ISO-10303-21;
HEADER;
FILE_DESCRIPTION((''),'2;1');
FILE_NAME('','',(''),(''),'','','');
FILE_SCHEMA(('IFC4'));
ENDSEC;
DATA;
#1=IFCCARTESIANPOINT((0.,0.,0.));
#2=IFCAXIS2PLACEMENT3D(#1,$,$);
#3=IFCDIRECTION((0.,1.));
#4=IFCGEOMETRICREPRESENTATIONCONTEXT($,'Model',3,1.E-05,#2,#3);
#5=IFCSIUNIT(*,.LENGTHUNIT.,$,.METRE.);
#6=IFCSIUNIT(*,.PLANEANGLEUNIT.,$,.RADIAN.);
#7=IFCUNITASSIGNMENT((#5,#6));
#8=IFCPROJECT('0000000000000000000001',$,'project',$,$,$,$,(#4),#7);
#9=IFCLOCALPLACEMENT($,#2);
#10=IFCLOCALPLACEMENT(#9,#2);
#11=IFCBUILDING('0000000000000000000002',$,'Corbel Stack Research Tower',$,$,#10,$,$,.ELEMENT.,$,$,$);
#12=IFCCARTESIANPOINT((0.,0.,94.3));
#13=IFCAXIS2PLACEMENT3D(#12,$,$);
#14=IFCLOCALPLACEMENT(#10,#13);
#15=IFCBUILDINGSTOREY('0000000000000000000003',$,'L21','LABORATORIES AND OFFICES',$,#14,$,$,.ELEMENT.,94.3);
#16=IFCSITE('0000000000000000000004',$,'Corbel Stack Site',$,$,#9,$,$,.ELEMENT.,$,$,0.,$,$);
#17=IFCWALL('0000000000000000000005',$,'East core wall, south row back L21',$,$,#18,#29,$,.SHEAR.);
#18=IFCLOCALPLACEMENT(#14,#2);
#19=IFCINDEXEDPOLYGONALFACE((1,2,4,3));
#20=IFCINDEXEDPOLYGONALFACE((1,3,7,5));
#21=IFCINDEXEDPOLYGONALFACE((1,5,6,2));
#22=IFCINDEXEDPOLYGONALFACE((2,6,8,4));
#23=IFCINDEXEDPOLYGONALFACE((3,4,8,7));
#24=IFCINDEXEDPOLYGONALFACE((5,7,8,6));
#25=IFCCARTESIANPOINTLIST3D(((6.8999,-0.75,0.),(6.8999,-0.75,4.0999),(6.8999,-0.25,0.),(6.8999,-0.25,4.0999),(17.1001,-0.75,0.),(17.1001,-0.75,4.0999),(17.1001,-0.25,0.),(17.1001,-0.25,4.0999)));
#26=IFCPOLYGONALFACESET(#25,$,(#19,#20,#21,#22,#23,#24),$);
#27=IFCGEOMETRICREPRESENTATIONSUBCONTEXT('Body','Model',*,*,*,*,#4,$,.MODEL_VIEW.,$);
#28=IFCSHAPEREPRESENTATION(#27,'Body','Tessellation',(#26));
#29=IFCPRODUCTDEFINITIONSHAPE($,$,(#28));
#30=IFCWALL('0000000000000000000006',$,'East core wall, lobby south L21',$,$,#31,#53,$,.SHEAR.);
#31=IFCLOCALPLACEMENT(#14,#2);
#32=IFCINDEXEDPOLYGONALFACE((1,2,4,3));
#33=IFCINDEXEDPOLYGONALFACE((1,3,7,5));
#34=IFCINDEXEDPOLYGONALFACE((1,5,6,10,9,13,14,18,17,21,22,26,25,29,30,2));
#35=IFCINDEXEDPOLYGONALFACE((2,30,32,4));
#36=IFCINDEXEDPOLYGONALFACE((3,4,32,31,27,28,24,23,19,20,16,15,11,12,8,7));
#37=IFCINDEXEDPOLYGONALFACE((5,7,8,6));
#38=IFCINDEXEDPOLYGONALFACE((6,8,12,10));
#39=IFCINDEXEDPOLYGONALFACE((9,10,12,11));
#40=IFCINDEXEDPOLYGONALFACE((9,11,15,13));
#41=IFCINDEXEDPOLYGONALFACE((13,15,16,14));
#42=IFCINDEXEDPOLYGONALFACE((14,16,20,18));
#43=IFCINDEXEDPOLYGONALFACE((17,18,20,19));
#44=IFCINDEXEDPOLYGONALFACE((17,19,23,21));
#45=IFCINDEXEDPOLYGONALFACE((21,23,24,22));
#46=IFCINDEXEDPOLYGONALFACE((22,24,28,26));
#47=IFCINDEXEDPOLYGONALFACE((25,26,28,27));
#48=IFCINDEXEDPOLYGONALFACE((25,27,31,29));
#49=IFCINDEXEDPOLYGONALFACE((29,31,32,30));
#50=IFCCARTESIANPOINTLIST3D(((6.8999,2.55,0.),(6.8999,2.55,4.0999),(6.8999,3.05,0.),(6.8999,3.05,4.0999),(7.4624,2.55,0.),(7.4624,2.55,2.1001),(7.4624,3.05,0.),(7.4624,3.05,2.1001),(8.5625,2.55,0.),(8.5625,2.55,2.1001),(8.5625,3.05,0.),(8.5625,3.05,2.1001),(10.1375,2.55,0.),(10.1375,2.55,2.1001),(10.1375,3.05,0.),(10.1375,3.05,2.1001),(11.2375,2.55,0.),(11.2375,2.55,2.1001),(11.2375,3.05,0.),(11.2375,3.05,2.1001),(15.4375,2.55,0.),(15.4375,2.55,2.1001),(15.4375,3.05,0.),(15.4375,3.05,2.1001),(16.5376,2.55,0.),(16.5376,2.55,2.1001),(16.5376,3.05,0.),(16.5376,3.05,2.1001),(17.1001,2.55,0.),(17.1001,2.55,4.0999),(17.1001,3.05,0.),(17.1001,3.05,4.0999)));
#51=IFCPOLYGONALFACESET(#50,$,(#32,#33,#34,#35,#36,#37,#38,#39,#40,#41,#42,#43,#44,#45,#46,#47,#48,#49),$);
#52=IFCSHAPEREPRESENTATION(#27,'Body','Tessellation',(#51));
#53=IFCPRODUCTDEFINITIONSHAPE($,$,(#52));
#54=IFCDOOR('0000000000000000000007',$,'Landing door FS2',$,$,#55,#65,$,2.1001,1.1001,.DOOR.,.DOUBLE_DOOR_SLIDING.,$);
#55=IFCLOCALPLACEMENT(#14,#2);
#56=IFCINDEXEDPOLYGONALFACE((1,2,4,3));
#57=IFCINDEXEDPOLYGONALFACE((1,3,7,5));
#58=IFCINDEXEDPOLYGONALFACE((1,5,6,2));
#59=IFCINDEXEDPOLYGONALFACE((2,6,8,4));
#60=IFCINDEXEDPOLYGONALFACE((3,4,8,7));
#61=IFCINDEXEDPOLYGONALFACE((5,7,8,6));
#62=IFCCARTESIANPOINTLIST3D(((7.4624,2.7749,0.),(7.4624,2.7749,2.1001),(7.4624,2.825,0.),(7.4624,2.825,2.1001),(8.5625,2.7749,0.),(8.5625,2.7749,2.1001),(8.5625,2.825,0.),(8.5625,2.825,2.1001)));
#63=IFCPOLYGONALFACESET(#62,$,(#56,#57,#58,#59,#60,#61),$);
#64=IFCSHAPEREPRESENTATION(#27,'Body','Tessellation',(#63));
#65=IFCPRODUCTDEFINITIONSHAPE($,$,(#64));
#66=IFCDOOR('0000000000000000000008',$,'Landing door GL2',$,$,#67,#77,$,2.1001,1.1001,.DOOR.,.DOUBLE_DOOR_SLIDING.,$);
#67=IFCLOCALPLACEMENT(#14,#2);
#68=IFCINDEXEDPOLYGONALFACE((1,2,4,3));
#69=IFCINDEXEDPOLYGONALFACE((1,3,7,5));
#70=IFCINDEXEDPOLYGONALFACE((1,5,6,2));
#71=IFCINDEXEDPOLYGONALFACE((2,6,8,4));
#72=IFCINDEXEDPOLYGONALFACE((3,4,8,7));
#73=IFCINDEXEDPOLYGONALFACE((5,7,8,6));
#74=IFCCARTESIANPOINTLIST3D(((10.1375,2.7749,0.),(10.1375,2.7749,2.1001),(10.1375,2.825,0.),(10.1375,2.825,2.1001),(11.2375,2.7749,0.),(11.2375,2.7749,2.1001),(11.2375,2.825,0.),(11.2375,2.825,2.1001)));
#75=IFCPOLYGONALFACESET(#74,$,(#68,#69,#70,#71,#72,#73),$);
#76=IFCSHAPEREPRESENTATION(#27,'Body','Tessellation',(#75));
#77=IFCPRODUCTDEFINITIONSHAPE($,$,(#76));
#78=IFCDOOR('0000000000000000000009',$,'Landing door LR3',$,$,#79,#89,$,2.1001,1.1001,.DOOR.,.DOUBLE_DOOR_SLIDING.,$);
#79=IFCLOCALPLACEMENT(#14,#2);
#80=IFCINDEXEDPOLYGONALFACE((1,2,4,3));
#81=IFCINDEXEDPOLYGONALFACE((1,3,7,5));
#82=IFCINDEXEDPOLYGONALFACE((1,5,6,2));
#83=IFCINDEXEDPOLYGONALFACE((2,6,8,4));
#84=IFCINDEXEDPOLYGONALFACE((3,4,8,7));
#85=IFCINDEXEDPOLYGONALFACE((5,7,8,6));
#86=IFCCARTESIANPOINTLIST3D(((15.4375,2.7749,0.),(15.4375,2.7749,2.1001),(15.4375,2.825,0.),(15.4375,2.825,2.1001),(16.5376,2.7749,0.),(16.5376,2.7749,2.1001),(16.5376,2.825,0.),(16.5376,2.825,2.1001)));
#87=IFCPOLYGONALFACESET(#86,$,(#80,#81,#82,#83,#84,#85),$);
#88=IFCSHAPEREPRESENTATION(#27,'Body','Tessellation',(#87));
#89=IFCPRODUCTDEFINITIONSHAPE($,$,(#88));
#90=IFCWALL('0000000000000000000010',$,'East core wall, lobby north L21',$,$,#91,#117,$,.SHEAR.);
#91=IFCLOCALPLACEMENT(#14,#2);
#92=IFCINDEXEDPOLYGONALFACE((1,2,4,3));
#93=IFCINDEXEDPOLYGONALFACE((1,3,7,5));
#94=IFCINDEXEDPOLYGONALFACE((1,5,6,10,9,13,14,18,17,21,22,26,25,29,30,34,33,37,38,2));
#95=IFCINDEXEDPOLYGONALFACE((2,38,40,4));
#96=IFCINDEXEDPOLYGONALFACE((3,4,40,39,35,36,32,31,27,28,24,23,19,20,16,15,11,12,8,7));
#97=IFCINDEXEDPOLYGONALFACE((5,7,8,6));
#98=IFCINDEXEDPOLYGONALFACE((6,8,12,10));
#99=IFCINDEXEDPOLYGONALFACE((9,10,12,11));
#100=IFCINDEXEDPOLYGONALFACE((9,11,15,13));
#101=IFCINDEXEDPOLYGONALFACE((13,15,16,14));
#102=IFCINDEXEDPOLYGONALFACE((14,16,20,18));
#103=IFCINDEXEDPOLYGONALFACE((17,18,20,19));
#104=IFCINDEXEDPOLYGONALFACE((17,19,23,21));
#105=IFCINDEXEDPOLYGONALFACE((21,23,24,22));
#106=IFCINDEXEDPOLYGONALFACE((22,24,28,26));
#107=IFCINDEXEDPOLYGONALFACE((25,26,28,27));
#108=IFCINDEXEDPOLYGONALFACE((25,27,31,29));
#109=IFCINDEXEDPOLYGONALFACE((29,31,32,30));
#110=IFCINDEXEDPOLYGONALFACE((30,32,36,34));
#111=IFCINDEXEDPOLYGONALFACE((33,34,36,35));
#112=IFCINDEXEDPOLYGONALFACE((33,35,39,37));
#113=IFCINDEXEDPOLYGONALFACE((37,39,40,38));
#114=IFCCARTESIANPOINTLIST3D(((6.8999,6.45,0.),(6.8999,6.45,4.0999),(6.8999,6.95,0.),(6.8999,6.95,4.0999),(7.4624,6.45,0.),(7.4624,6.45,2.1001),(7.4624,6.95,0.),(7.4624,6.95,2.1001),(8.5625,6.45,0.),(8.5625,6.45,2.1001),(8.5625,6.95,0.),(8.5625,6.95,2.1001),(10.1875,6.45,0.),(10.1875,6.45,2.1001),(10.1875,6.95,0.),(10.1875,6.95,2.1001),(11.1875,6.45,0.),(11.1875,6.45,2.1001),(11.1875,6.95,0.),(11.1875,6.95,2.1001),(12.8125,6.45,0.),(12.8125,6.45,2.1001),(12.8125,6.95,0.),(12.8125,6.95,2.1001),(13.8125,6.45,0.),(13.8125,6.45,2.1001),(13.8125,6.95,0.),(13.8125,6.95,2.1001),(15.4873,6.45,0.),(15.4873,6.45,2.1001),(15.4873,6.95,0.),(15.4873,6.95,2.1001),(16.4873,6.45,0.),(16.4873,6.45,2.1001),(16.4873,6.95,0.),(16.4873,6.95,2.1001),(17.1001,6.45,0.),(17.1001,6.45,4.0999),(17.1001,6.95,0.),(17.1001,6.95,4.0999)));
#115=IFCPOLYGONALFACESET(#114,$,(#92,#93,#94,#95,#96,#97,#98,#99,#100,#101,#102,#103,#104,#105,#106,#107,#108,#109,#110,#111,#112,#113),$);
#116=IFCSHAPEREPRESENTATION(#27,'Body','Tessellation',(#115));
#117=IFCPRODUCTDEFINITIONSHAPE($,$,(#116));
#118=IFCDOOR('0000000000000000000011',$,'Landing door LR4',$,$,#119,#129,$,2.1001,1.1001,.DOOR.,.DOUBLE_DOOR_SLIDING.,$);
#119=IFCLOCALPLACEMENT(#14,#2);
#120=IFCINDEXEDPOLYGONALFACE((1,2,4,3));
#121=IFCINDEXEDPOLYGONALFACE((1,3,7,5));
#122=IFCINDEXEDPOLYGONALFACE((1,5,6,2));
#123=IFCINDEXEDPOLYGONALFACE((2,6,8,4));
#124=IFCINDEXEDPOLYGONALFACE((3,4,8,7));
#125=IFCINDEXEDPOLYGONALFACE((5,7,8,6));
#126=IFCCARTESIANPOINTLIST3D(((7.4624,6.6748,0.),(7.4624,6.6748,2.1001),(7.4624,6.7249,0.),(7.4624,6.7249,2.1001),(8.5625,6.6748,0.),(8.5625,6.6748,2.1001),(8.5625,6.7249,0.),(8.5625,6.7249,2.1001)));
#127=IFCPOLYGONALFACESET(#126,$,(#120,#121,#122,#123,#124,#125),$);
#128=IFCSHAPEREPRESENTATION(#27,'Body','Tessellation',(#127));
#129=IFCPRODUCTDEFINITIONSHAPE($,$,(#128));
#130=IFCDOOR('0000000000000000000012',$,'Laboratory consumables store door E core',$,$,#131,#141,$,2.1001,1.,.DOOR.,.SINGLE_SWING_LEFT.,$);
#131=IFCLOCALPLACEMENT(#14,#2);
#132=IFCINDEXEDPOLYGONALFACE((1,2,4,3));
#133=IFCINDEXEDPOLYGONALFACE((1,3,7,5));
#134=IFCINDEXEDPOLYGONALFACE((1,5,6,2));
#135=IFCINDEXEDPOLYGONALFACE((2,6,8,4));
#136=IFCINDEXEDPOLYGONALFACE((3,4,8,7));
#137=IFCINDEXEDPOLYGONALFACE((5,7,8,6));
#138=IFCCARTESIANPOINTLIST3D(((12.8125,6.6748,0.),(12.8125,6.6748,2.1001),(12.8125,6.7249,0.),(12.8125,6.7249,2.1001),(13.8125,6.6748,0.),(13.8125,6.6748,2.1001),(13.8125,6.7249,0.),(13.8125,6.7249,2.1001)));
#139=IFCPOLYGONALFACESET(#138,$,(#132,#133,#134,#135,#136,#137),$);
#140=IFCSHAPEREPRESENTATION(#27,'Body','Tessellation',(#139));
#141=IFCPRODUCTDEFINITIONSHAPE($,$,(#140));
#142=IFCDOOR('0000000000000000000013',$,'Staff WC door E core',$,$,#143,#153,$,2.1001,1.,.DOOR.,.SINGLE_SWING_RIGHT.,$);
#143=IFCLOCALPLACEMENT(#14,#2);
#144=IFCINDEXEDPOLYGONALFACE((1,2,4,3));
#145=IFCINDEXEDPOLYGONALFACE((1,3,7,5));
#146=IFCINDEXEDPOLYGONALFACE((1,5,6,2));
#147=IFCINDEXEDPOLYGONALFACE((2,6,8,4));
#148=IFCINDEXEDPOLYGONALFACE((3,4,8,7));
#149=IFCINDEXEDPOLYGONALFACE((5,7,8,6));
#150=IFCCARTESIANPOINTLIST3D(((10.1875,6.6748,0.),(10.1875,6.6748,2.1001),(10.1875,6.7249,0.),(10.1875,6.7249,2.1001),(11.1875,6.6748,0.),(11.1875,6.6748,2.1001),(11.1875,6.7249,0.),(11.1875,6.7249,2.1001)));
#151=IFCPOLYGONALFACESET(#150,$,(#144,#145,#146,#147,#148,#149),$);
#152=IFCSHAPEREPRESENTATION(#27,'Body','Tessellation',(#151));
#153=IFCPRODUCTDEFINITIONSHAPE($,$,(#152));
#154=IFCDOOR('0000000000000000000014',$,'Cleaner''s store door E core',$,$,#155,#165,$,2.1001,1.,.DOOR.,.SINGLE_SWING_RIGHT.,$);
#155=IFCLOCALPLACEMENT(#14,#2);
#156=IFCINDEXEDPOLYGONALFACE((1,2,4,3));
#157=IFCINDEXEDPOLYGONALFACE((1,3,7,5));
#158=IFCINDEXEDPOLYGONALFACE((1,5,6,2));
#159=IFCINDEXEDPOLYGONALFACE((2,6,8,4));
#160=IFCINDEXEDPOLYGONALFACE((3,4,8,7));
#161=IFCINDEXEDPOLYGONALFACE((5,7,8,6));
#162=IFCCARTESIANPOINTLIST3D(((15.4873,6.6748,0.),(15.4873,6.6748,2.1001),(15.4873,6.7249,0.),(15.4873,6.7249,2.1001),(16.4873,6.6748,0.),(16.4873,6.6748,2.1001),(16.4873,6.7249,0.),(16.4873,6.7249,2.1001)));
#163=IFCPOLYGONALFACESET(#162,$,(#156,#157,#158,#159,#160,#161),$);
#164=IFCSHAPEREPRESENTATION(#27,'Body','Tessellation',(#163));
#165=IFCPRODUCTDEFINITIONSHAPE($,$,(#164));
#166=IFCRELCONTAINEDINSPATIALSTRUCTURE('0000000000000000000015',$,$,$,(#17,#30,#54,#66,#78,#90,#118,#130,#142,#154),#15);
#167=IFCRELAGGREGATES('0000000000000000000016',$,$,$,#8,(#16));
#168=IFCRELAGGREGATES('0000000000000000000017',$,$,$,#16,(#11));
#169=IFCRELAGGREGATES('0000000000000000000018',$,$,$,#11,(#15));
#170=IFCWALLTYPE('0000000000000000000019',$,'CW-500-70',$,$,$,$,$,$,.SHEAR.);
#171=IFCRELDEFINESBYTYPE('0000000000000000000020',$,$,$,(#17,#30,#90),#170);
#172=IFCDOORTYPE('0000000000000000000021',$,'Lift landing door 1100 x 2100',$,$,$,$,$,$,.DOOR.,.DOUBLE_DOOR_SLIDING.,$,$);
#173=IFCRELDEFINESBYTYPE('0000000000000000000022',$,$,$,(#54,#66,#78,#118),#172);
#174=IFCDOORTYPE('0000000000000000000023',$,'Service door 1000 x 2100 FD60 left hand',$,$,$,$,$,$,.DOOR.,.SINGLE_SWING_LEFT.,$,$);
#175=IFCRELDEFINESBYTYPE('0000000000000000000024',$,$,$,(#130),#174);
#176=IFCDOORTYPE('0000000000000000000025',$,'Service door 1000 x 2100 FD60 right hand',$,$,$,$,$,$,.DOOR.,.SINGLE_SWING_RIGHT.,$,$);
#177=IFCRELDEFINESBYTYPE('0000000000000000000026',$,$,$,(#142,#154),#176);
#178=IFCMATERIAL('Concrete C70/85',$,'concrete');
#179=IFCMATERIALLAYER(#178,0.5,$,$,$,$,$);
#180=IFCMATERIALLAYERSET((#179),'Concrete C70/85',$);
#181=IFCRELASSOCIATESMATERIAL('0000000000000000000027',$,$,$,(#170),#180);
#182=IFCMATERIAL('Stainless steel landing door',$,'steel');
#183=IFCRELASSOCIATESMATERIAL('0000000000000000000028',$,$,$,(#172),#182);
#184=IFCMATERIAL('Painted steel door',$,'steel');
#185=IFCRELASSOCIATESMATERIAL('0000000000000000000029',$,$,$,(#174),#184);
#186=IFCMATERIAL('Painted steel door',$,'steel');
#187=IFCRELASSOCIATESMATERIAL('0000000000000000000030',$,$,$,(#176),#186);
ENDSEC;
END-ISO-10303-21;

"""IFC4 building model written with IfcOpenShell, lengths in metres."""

from ifc_helpers import new_model, si_unit, direction, frame, frame_2d, origin, place, context, subcontext, project, spatial, rectangle, extrude, material, layer, layer_set, type_object, element, fill, save


model = new_model("IFC4")

# Units and contexts
model_context = context("Model", 3, precision=1e-05, world=origin(), true_north=direction((0.0, 1.0)))
body_context = subcontext(model_context, "Body", "Model", "MODEL_VIEW")
ifc_project = project(units=[si_unit("LENGTHUNIT", "METRE"), si_unit("PLANEANGLEUNIT", "RADIAN")], contexts=[model_context])

# Site, building, storey
site_placement = place(None, origin())
site = spatial("IfcSite", under=ifc_project, at=site_placement, Name="Corbel Stack Site", CompositionType="ELEMENT", RefElevation=0.0)
building_placement = place(site_placement, origin())
building = spatial("IfcBuilding", under=site, at=building_placement, Name="Corbel Stack Research Tower", CompositionType="ELEMENT")
storey_placement = place(building_placement, frame((0.0, 0.0, 94.3)))
storey = spatial("IfcBuildingStorey", under=building, at=storey_placement, Name="L21", Description="LABORATORIES AND OFFICES", CompositionType="ELEMENT", Elevation=94.3)

# Wall
ifc_material_1 = material(Name="Concrete C70/85", Category="concrete")
ifc_layer_1 = layer(ifc_material_1, 0.5)
ifc_layer_set_1 = layer_set([ifc_layer_1], Name="Concrete C70/85")
wall_type_1 = type_object("IfcWallType", Name="CW-500-70", PredefinedType="SHEAR", material=ifc_layer_set_1)
wall_1_placement = place(storey_placement, frame((6.8999, -0.5, 0.0), z_axis=(0.0, 0.0, 1.0), x_axis=(1.0, 0.0, 0.0)))
element("IfcWall", 1, at=wall_1_placement, inside=storey, type_object=wall_type_1, Name="East core wall, south row back L21", PredefinedType="SHEAR", context=body_context, shape_type="SweptSolid", body=[
    extrude(rectangle(XDim=10.2002, YDim=0.5, at=frame_2d((5.1001, 0.0))), origin(), (0.0, 0.0, 1.0), 4.0999),
])

# Walls, openings, doors
wall_2_placement = place(storey_placement, frame((6.8999, 2.8, 0.0), z_axis=(0.0, 0.0, 1.0), x_axis=(1.0, 0.0, 0.0)))
wall_2 = element("IfcWall", 2, at=wall_2_placement, inside=storey, type_object=wall_type_1, Name="East core wall, lobby south L21", PredefinedType="SHEAR", context=body_context, shape_type="SweptSolid", body=[
    extrude(rectangle(XDim=10.2002, YDim=0.5, at=frame_2d((5.1001, 0.0))), origin(), (0.0, 0.0, 1.0), 4.0999),
])
opening_1_placement = place(wall_2_placement, frame((0.5625, 0.0, 0.0)))
opening_1 = element("IfcOpeningElement", 3, at=opening_1_placement, cuts=wall_2, PredefinedType="OPENING", context=body_context, shape_type="SweptSolid", body=[
    extrude(rectangle(XDim=1.1001, YDim=2.1001, at=frame_2d((0.55, 1.05))), frame((0.0, 0.26, 0.0), z_axis=(0.0, -1.0, 0.0), x_axis=(1.0, 0.0, 0.0)), (0.0, 0.0, 1.0), 0.52),
])
opening_2_placement = place(wall_2_placement, frame((3.2375, 0.0, 0.0)))
opening_2 = element("IfcOpeningElement", 4, at=opening_2_placement, cuts=wall_2, PredefinedType="OPENING", context=body_context, shape_type="SweptSolid", body=[
    extrude(rectangle(XDim=1.1001, YDim=2.1001, at=frame_2d((0.55, 1.05))), frame((0.0, 0.26, 0.0), z_axis=(0.0, -1.0, 0.0), x_axis=(1.0, 0.0, 0.0)), (0.0, 0.0, 1.0), 0.52),
])
opening_3_placement = place(wall_2_placement, frame((8.5376, 0.0, 0.0)))
opening_3 = element("IfcOpeningElement", 5, at=opening_3_placement, cuts=wall_2, PredefinedType="OPENING", context=body_context, shape_type="SweptSolid", body=[
    extrude(rectangle(XDim=1.1001, YDim=2.1001, at=frame_2d((0.55, 1.05))), frame((0.0, 0.26, 0.0), z_axis=(0.0, -1.0, 0.0), x_axis=(1.0, 0.0, 0.0)), (0.0, 0.0, 1.0), 0.52),
])
ifc_material_2 = material(Name="Stainless steel landing door", Category="steel")
door_type_1 = type_object("IfcDoorType", Name="Lift landing door 1100 x 2100", OperationType="DOUBLE_DOOR_SLIDING", PredefinedType="DOOR", material=ifc_material_2)
door_1_placement = place(opening_1_placement, origin())
door_1 = element("IfcDoor", 6, at=door_1_placement, inside=storey, type_object=door_type_1, Name="Landing door FS2", OperationType="DOUBLE_DOOR_SLIDING", OverallHeight=2.1001, OverallWidth=1.1001, PredefinedType="DOOR", context=body_context, shape_type="SweptSolid", body=[
    extrude(rectangle(XDim=1.1001, YDim=2.1001, at=frame_2d((0.55, 1.05))), frame((0.0, 0.0249, 0.0), z_axis=(0.0, -1.0, 0.0), x_axis=(1.0, 0.0, 0.0)), (0.0, 0.0, 1.0), 0.05),
])
fill(opening_1, door_1)
door_2_placement = place(opening_2_placement, origin())
door_2 = element("IfcDoor", 7, at=door_2_placement, inside=storey, type_object=door_type_1, Name="Landing door GL2", OperationType="DOUBLE_DOOR_SLIDING", OverallHeight=2.1001, OverallWidth=1.1001, PredefinedType="DOOR", context=body_context, shape_type="SweptSolid", body=[
    extrude(rectangle(XDim=1.1001, YDim=2.1001, at=frame_2d((0.55, 1.05))), frame((0.0, 0.0249, 0.0), z_axis=(0.0, -1.0, 0.0), x_axis=(1.0, 0.0, 0.0)), (0.0, 0.0, 1.0), 0.05),
])
fill(opening_2, door_2)
door_3_placement = place(opening_3_placement, origin())
door_3 = element("IfcDoor", 8, at=door_3_placement, inside=storey, type_object=door_type_1, Name="Landing door LR3", OperationType="DOUBLE_DOOR_SLIDING", OverallHeight=2.1001, OverallWidth=1.1001, PredefinedType="DOOR", context=body_context, shape_type="SweptSolid", body=[
    extrude(rectangle(XDim=1.1001, YDim=2.1001, at=frame_2d((0.55, 1.05))), frame((0.0, 0.0249, 0.0), z_axis=(0.0, -1.0, 0.0), x_axis=(1.0, 0.0, 0.0)), (0.0, 0.0, 1.0), 0.05),
])
fill(opening_3, door_3)
wall_3_placement = place(storey_placement, frame((6.8999, 6.7, 0.0), z_axis=(0.0, 0.0, 1.0), x_axis=(1.0, 0.0, 0.0)))
wall_3 = element("IfcWall", 9, at=wall_3_placement, inside=storey, type_object=wall_type_1, Name="East core wall, lobby north L21", PredefinedType="SHEAR", context=body_context, shape_type="SweptSolid", body=[
    extrude(rectangle(XDim=10.2002, YDim=0.5, at=frame_2d((5.1001, 0.0))), origin(), (0.0, 0.0, 1.0), 4.0999),
])
opening_4_placement = place(wall_3_placement, frame((0.5625, 0.0, 0.0)))
opening_4 = element("IfcOpeningElement", 10, at=opening_4_placement, cuts=wall_3, PredefinedType="OPENING", context=body_context, shape_type="SweptSolid", body=[
    extrude(rectangle(XDim=1.1001, YDim=2.1001, at=frame_2d((0.55, 1.05))), frame((0.0, 0.26, 0.0), z_axis=(0.0, -1.0, 0.0), x_axis=(1.0, 0.0, 0.0)), (0.0, 0.0, 1.0), 0.52),
])
opening_5_placement = place(wall_3_placement, frame((3.2876, 0.0, 0.0)))
opening_5 = element("IfcOpeningElement", 11, at=opening_5_placement, cuts=wall_3, PredefinedType="OPENING", context=body_context, shape_type="SweptSolid", body=[
    extrude(rectangle(XDim=1.0, YDim=2.1001, at=frame_2d((0.5, 1.05))), frame((0.0, 0.26, 0.0), z_axis=(0.0, -1.0, 0.0), x_axis=(1.0, 0.0, 0.0)), (0.0, 0.0, 1.0), 0.52),
])
opening_6_placement = place(wall_3_placement, frame((5.9126, 0.0, 0.0)))
opening_6 = element("IfcOpeningElement", 12, at=opening_6_placement, cuts=wall_3, PredefinedType="OPENING", context=body_context, shape_type="SweptSolid", body=[
    extrude(rectangle(XDim=1.0, YDim=2.1001, at=frame_2d((0.5, 1.05))), frame((0.0, 0.26, 0.0), z_axis=(0.0, -1.0, 0.0), x_axis=(1.0, 0.0, 0.0)), (0.0, 0.0, 1.0), 0.52),
])
opening_7_placement = place(wall_3_placement, frame((8.5874, 0.0, 0.0)))
opening_7 = element("IfcOpeningElement", 13, at=opening_7_placement, cuts=wall_3, PredefinedType="OPENING", context=body_context, shape_type="SweptSolid", body=[
    extrude(rectangle(XDim=1.0, YDim=2.1001, at=frame_2d((0.5, 1.05))), frame((0.0, 0.26, 0.0), z_axis=(0.0, -1.0, 0.0), x_axis=(1.0, 0.0, 0.0)), (0.0, 0.0, 1.0), 0.52),
])
door_4_placement = place(opening_4_placement, origin())
door_4 = element("IfcDoor", 14, at=door_4_placement, inside=storey, type_object=door_type_1, Name="Landing door LR4", OperationType="DOUBLE_DOOR_SLIDING", OverallHeight=2.1001, OverallWidth=1.1001, PredefinedType="DOOR", context=body_context, shape_type="SweptSolid", body=[
    extrude(rectangle(XDim=1.1001, YDim=2.1001, at=frame_2d((0.55, 1.05))), frame((0.0, 0.0249, 0.0), z_axis=(0.0, -1.0, 0.0), x_axis=(1.0, 0.0, 0.0)), (0.0, 0.0, 1.0), 0.05),
])
fill(opening_4, door_4)
ifc_material_3 = material(Name="Painted steel door", Category="steel")
door_type_2 = type_object("IfcDoorType", Name="Service door 1000 x 2100 FD60 left hand", OperationType="SINGLE_SWING_LEFT", PredefinedType="DOOR", material=ifc_material_3)
door_5_placement = place(opening_6_placement, origin())
door_5 = element("IfcDoor", 15, at=door_5_placement, inside=storey, type_object=door_type_2, Name="Laboratory consumables store door E core", OperationType="SINGLE_SWING_LEFT", OverallHeight=2.1001, OverallWidth=1.0, PredefinedType="DOOR", context=body_context, shape_type="SweptSolid", body=[
    extrude(rectangle(XDim=1.0, YDim=2.1001, at=frame_2d((0.5, 1.05))), frame((0.0, 0.0249, 0.0), z_axis=(0.0, -1.0, 0.0), x_axis=(1.0, 0.0, 0.0)), (0.0, 0.0, 1.0), 0.05),
])
fill(opening_6, door_5)
ifc_material_4 = material(Name="Painted steel door", Category="steel")
door_type_3 = type_object("IfcDoorType", Name="Service door 1000 x 2100 FD60 right hand", OperationType="SINGLE_SWING_RIGHT", PredefinedType="DOOR", material=ifc_material_4)
door_6_placement = place(opening_5_placement, origin())
door_6 = element("IfcDoor", 16, at=door_6_placement, inside=storey, type_object=door_type_3, Name="Staff WC door E core", OperationType="SINGLE_SWING_RIGHT", OverallHeight=2.1001, OverallWidth=1.0, PredefinedType="DOOR", context=body_context, shape_type="SweptSolid", body=[
    extrude(rectangle(XDim=1.0, YDim=2.1001, at=frame_2d((0.5, 1.05))), frame((0.0, 0.0249, 0.0), z_axis=(0.0, -1.0, 0.0), x_axis=(1.0, 0.0, 0.0)), (0.0, 0.0, 1.0), 0.05),
])
fill(opening_5, door_6)
door_7_placement = place(opening_7_placement, origin())
door_7 = element("IfcDoor", 17, at=door_7_placement, inside=storey, type_object=door_type_3, Name="Cleaner's store door E core", OperationType="SINGLE_SWING_RIGHT", OverallHeight=2.1001, OverallWidth=1.0, PredefinedType="DOOR", context=body_context, shape_type="SweptSolid", body=[
    extrude(rectangle(XDim=1.0, YDim=2.1001, at=frame_2d((0.5, 1.05))), frame((0.0, 0.0249, 0.0), z_axis=(0.0, -1.0, 0.0), x_axis=(1.0, 0.0, 0.0)), (0.0, 0.0, 1.0), 0.05),
])
fill(opening_7, door_7)

save(model, "model.ifc")
